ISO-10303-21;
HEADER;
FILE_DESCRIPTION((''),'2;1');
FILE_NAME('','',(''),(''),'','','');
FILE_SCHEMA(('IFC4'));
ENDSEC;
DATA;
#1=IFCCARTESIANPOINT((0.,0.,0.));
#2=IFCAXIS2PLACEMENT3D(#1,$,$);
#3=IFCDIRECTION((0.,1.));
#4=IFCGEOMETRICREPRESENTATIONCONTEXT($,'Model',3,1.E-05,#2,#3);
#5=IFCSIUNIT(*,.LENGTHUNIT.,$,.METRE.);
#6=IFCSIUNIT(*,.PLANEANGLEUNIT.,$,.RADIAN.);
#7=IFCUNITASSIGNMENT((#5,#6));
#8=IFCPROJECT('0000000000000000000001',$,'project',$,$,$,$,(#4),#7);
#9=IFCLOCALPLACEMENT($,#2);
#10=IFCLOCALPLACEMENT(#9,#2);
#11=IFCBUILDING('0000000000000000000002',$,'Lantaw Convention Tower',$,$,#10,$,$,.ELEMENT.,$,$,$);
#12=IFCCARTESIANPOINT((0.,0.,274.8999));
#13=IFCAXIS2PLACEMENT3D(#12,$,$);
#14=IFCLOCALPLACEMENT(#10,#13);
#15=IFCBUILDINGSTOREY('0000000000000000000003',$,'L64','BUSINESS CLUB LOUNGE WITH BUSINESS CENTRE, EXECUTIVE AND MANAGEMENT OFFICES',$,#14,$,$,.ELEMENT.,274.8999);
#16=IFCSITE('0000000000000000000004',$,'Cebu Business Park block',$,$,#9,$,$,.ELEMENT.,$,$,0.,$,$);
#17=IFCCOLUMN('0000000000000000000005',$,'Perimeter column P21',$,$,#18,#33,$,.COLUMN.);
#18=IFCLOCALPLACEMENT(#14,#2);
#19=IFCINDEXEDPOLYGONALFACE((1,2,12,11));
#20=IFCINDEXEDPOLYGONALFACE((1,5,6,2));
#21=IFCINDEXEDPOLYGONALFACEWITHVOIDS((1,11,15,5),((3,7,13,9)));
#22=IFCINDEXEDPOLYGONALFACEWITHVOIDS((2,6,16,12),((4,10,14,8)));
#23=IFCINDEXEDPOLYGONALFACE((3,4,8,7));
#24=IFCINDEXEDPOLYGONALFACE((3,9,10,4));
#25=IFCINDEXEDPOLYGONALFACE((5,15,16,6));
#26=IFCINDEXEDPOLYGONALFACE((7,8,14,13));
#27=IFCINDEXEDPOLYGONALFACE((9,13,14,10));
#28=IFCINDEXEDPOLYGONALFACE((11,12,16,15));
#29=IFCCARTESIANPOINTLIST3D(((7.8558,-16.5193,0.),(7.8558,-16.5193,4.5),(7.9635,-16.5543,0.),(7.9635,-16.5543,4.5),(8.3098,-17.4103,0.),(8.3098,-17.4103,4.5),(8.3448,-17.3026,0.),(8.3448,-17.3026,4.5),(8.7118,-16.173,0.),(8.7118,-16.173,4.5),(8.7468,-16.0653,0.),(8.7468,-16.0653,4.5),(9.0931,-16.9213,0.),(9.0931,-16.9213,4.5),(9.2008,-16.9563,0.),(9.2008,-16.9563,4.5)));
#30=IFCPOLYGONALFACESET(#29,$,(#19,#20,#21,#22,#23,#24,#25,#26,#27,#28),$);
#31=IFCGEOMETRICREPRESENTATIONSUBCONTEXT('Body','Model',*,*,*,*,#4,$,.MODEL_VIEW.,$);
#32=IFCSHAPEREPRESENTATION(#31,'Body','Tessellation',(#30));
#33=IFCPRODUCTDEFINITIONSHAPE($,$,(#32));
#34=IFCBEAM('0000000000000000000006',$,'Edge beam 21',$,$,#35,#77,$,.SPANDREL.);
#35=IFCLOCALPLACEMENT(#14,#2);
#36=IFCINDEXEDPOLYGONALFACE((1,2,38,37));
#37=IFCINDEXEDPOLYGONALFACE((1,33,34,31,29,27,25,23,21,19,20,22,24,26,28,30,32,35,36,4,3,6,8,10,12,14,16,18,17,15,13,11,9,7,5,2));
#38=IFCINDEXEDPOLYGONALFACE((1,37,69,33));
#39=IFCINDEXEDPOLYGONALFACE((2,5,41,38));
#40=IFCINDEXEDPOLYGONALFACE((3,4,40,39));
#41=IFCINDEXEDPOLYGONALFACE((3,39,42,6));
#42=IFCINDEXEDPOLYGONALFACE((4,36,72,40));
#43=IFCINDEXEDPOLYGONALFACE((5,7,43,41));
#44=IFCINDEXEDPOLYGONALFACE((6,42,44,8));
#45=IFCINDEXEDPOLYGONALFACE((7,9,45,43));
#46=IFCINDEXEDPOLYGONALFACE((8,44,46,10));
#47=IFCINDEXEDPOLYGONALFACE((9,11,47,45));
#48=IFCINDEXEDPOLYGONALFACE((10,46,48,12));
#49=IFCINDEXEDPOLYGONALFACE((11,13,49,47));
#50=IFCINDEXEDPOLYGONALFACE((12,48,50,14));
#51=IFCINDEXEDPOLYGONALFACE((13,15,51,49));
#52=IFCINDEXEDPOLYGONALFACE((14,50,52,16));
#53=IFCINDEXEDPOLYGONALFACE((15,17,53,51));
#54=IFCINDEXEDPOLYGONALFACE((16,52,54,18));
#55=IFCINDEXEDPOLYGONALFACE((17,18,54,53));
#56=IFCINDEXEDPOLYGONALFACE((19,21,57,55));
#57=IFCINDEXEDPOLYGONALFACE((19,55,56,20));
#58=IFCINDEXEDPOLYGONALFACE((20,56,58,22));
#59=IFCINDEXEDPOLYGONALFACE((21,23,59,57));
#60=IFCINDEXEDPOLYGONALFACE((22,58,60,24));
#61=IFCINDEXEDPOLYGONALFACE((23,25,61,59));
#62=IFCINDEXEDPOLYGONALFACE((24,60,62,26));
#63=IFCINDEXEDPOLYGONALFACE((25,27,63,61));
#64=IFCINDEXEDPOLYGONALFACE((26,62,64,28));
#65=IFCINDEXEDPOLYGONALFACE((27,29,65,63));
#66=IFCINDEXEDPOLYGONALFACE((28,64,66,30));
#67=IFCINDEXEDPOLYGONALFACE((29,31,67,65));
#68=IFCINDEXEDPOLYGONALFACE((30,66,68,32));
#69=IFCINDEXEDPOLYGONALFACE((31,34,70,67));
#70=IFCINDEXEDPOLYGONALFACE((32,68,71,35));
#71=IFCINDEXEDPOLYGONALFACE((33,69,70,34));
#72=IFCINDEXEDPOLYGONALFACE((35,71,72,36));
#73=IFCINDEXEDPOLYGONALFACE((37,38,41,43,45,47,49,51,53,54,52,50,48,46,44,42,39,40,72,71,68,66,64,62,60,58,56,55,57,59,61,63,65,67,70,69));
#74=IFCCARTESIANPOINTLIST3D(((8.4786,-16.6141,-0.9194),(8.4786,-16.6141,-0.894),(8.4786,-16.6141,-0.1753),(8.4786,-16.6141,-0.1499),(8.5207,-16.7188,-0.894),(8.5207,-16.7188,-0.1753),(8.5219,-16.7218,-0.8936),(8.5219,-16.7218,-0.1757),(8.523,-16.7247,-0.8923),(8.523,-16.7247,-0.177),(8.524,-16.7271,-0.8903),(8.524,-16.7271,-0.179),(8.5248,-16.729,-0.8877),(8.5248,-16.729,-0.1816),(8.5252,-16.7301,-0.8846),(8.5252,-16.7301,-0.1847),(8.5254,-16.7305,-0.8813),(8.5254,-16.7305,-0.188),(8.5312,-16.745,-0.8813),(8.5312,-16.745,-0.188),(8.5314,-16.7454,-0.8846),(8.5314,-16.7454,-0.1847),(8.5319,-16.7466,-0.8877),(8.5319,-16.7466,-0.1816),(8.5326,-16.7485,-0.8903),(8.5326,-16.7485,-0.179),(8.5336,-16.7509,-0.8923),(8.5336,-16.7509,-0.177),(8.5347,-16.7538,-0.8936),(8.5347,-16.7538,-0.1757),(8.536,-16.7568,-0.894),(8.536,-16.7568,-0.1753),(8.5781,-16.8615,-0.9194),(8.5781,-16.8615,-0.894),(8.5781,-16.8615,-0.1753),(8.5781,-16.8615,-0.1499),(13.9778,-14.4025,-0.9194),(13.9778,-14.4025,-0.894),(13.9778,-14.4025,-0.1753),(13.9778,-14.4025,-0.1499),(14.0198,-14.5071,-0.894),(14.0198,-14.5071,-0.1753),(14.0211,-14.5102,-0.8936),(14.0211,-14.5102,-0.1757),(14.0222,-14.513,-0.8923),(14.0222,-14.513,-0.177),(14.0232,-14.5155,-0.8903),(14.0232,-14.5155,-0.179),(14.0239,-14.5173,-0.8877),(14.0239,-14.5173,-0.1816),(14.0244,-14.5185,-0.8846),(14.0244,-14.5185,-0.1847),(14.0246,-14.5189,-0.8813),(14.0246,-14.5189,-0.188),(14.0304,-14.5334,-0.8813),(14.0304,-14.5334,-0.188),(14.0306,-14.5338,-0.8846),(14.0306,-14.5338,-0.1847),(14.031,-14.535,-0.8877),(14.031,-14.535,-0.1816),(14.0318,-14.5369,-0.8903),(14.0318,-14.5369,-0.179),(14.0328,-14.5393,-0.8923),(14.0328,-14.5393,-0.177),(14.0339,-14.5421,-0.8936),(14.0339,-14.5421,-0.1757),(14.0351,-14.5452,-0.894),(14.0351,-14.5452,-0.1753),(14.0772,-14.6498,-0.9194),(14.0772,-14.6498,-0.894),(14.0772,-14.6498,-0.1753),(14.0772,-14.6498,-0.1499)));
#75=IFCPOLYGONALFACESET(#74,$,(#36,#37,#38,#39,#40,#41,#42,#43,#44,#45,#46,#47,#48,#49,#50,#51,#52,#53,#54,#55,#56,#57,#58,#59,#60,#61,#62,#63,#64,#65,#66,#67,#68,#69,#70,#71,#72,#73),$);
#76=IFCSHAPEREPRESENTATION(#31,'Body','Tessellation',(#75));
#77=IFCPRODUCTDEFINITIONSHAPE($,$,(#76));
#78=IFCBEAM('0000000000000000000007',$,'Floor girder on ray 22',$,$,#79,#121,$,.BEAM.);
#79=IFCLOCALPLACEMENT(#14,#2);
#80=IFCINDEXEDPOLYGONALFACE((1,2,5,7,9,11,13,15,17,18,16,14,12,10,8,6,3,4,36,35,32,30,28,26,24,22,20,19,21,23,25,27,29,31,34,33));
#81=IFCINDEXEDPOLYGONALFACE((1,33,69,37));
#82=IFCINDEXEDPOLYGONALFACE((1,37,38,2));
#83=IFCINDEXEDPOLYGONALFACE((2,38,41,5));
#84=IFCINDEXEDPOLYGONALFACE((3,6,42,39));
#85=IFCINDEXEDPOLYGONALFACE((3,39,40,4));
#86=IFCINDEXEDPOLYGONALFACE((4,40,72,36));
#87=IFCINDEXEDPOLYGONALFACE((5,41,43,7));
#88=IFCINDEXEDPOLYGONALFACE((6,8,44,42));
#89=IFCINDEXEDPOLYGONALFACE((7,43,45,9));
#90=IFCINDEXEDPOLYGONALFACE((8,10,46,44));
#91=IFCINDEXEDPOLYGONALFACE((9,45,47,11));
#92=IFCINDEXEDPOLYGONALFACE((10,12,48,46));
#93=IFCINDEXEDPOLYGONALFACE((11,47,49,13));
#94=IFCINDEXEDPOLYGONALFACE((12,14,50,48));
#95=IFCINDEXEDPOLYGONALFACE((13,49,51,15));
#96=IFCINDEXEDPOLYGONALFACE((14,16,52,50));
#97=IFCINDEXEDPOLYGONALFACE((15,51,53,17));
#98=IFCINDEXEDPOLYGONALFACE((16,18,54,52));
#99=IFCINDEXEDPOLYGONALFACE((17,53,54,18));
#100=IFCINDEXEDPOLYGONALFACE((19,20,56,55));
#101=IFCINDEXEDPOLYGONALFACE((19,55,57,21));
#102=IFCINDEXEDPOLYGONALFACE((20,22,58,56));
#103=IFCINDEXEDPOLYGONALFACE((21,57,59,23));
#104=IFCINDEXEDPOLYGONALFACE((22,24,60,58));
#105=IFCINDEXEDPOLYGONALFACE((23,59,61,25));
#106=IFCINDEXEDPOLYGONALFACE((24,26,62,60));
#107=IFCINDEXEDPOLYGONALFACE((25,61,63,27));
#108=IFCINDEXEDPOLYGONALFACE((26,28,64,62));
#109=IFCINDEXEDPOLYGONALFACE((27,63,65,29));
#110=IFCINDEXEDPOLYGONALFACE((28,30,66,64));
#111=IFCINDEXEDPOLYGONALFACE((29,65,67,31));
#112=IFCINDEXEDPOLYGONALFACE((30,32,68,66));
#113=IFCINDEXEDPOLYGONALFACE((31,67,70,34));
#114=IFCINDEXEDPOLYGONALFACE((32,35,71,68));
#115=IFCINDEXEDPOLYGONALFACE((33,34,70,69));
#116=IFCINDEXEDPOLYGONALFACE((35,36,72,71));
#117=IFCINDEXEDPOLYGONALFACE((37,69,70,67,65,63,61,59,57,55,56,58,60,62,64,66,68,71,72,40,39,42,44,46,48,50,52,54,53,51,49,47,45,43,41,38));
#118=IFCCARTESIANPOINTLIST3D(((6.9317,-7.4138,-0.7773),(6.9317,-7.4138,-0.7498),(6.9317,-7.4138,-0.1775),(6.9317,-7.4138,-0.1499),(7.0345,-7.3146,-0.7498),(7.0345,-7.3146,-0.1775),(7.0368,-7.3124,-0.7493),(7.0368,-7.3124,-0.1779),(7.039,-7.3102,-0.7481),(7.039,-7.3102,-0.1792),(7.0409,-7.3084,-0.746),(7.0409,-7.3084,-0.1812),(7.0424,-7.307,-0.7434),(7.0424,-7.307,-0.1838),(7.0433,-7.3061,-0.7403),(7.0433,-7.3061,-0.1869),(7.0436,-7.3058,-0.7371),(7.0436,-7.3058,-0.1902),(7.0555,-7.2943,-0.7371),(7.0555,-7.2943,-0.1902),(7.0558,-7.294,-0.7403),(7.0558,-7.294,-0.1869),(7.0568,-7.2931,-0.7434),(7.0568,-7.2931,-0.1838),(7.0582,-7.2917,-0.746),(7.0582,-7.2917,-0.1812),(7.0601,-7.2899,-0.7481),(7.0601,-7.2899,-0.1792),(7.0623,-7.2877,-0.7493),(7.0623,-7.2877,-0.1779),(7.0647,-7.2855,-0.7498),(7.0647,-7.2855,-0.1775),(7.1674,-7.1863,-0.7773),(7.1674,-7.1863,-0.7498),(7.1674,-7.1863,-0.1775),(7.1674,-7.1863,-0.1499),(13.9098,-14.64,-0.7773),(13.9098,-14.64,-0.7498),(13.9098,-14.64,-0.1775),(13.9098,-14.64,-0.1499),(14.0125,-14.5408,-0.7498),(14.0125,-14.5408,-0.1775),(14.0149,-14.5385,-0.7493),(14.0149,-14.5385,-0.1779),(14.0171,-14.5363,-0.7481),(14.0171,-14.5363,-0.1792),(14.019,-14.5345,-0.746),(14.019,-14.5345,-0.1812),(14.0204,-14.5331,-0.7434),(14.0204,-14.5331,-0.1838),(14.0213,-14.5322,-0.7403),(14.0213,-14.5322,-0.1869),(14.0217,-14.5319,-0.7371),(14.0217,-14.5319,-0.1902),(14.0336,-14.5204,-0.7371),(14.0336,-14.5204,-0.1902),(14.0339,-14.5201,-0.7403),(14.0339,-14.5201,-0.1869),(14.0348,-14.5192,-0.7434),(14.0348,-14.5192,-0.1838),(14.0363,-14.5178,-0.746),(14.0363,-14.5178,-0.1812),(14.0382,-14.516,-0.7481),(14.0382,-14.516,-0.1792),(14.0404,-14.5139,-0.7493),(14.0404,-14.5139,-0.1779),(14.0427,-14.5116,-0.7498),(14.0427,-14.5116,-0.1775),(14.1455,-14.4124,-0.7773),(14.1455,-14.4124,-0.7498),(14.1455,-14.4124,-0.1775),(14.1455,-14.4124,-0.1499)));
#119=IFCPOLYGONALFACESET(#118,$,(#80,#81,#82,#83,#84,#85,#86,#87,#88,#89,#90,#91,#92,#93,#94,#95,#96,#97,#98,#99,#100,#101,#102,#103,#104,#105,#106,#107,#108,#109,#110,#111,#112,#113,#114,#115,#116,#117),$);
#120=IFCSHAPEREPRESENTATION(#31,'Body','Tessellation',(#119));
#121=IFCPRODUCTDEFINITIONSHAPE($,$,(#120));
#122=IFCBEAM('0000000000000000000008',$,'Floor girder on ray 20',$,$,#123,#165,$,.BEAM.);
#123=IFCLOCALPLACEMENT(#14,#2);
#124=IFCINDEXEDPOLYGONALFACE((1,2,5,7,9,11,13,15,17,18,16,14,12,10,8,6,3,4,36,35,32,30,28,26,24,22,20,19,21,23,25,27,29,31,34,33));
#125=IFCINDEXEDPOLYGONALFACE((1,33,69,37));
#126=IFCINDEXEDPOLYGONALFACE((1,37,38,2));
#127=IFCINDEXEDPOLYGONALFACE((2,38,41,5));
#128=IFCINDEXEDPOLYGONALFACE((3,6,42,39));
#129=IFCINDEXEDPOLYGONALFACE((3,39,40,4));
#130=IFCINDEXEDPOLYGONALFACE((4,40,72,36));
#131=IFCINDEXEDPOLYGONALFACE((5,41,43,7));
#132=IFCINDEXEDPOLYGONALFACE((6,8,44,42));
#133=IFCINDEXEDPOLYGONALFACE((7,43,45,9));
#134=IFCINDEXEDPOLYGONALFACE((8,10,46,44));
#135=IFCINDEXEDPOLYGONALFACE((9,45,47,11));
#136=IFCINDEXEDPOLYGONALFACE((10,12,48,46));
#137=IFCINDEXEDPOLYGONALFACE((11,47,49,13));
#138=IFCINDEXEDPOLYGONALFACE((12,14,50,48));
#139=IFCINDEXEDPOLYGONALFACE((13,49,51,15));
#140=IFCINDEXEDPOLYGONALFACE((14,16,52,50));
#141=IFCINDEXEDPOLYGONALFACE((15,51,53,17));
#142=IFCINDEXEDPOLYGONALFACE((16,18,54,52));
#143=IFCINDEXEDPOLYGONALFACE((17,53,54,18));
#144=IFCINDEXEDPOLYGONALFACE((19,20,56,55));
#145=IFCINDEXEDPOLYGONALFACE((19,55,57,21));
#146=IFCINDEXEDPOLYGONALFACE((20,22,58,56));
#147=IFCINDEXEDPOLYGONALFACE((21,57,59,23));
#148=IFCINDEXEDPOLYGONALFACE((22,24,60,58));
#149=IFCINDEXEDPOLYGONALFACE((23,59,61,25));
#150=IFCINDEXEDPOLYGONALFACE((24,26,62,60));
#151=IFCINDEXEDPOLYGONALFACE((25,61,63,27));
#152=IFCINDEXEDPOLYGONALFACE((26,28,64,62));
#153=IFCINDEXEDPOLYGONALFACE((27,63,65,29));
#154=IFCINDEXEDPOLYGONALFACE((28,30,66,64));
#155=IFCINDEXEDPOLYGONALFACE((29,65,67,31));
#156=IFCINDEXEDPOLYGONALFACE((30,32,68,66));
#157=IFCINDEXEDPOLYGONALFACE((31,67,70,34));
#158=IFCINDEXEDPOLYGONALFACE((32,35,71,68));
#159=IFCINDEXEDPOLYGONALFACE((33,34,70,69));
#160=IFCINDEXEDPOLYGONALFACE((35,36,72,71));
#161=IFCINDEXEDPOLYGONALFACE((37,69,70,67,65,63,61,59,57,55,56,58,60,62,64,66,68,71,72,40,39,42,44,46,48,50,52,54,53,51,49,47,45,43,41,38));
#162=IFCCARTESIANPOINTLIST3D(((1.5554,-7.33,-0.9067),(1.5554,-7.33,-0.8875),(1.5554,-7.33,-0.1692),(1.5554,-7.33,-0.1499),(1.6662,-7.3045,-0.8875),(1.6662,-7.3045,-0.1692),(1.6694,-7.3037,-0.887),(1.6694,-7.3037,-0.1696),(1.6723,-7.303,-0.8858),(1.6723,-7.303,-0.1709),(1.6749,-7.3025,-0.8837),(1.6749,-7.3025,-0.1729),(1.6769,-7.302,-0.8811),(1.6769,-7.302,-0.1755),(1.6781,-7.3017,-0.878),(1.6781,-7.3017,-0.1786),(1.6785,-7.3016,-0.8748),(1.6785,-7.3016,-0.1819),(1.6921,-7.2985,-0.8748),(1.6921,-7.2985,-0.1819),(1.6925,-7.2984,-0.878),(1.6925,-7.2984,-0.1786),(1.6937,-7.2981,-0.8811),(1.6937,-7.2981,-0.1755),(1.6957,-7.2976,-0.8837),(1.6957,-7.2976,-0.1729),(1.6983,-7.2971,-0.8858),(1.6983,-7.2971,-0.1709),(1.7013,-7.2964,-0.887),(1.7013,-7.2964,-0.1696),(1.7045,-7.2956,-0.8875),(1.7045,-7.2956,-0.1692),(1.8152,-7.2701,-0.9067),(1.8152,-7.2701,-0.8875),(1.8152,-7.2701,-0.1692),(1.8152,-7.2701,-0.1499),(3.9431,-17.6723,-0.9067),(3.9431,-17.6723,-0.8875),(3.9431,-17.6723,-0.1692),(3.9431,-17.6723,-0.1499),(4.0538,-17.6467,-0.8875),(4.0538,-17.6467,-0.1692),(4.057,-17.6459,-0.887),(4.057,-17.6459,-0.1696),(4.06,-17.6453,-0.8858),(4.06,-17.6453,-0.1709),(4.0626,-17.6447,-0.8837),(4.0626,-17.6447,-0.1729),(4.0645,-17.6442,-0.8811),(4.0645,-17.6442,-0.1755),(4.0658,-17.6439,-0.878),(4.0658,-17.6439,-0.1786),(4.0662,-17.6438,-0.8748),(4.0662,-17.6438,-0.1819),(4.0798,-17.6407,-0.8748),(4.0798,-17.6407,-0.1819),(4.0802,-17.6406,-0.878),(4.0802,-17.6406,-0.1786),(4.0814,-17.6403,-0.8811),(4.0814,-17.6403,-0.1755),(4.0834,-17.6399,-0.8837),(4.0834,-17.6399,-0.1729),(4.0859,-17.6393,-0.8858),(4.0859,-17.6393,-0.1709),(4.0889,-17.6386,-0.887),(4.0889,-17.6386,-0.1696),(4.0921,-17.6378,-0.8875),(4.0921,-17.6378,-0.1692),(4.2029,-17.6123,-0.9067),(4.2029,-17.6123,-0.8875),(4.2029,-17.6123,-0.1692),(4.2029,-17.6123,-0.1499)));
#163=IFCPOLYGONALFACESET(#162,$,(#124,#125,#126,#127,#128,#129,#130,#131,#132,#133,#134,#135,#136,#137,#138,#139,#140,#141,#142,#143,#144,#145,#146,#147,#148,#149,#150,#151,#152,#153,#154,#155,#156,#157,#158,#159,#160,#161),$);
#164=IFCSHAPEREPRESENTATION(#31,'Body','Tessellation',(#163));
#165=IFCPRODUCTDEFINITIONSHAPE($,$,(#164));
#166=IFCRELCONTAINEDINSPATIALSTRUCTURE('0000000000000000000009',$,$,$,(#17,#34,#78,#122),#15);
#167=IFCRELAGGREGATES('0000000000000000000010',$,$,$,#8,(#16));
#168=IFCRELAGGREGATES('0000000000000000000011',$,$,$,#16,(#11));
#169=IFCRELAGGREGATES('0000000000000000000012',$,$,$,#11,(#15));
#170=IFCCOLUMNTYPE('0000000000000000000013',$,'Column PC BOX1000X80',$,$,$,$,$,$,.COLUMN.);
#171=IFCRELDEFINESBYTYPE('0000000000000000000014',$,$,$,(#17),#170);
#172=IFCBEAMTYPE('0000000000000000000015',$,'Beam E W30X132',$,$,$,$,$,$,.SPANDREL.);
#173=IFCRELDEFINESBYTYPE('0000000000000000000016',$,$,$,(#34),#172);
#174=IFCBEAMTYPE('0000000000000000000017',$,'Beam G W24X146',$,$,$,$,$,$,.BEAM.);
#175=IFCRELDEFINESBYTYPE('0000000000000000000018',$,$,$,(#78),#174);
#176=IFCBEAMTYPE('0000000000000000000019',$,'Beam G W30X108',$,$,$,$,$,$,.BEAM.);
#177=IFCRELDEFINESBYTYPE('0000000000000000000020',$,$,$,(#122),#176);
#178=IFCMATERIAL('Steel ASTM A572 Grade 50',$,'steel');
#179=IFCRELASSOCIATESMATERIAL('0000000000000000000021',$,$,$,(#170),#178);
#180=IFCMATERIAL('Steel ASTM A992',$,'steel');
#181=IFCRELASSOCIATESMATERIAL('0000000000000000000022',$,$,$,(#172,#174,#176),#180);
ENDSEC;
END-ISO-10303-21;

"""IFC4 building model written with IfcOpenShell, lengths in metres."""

from ifc_helpers import new_model, si_unit, direction, frame, origin, origin_2d, place, context, subcontext, project, spatial, rectangle, hollow_rectangle, i_section, extrude, material, material_profile, profile_set, type_object, element, save


model = new_model("IFC4")

# Units and contexts
model_context = context("Model", 3, precision=1e-05, world=origin(), true_north=direction((0.0, 1.0)))
body_context = subcontext(model_context, "Body", "Model", "MODEL_VIEW")
ifc_project = project(units=[si_unit("LENGTHUNIT", "METRE"), si_unit("PLANEANGLEUNIT", "RADIAN")], contexts=[model_context])

# Site, building, storey
site_placement = place(None, origin())
site = spatial("IfcSite", under=ifc_project, at=site_placement, Name="Cebu Business Park block", CompositionType="ELEMENT", RefElevation=0.0)
building_placement = place(site_placement, origin())
building = spatial("IfcBuilding", under=site, at=building_placement, Name="Lantaw Convention Tower", CompositionType="ELEMENT")
storey_placement = place(building_placement, frame((0.0, 0.0, 274.8999)))
storey = spatial("IfcBuildingStorey", under=building, at=storey_placement, Name="L64", Description="BUSINESS CLUB LOUNGE WITH BUSINESS CENTRE, EXECUTIVE AND MANAGEMENT OFFICES", CompositionType="ELEMENT", Elevation=274.8999)

# Column
ifc_material_1 = material(Name="Steel ASTM A572 Grade 50", Category="steel")
ifc_material_profile_1 = material_profile(ifc_material_1, hollow_rectangle(XDim=1.0, YDim=1.0, WallThickness=0.0801, at=origin_2d()), Name="BOX1000X80")
ifc_material_2 = material(Name="Concrete C60/75", Category="concrete")
ifc_material_profile_2 = material_profile(ifc_material_2, rectangle(XDim=0.8401, YDim=0.8401, at=origin_2d()), Name="Concrete fill of BOX1000X80")
ifc_profile_set_1 = profile_set([ifc_material_profile_1, ifc_material_profile_2], Name="Steel ASTM A572 Grade 50")
column_type = type_object("IfcColumnType", Name="Column PC BOX1000X80", PredefinedType="COLUMN", material=ifc_profile_set_1)
column_placement = place(storey_placement, frame((8.5283, -16.7378, 0.0), z_axis=(0.0, 0.0, 1.0), x_axis=(0.891007, 0.45399, 0.0)))
element("IfcColumn", 1, at=column_placement, inside=storey, type_object=column_type, Name="Perimeter column P21", PredefinedType="COLUMN", context=body_context, shape_type="SweptSolid", body=[
    extrude(hollow_rectangle(XDim=1.0, YDim=1.0, WallThickness=0.0801, at=origin_2d()), origin(), (0.0, 0.0, 1.0), 4.5),
])

# Beams
ifc_material_3 = material(Name="Steel ASTM A992", Category="steel")
ifc_material_profile_3 = material_profile(ifc_material_3, i_section(OverallWidth=0.2666, OverallDepth=0.7695, WebThickness=0.0156, FlangeThickness=0.0254, FilletRadius=0.0127, at=origin_2d()), Name="W30X132")
ifc_profile_set_2 = profile_set([ifc_material_profile_3], Name="Steel ASTM A992")
beam_type_1 = type_object("IfcBeamType", Name="Beam E W30X132", PredefinedType="SPANDREL", material=ifc_profile_set_2)
beam_1_placement = place(storey_placement, frame((8.5283, -16.7378, -0.5347), z_axis=(0.927779, 0.37313, 0.0), x_axis=(-0.37313, 0.927779, 0.0)))
element("IfcBeam", 2, at=beam_1_placement, inside=storey, type_object=beam_type_1, Name="Edge beam 21", PredefinedType="SPANDREL", context=body_context, shape_type="SweptSolid", body=[
    extrude(i_section(OverallWidth=0.2666, OverallDepth=0.7695, WebThickness=0.0156, FlangeThickness=0.0254, FilletRadius=0.0127, at=origin_2d()), origin(), (0.0, 0.0, 1.0), 5.9272),
])
ifc_material_profile_4 = material_profile(ifc_material_3, i_section(OverallWidth=0.3276, OverallDepth=0.6274, WebThickness=0.0166, FlangeThickness=0.0276, FilletRadius=0.0127, at=origin_2d()), Name="W24X146")
ifc_profile_set_3 = profile_set([ifc_material_profile_4], Name="Steel ASTM A992")
beam_type_2 = type_object("IfcBeamType", Name="Beam G W24X146", PredefinedType="BEAM", material=ifc_profile_set_3)
beam_2_placement = place(storey_placement, frame((7.0496, -7.3, -0.4636), z_axis=(0.694653, -0.719345, 0.0), x_axis=(0.719345, 0.694653, 0.0)))
element("IfcBeam", 3, at=beam_2_placement, inside=storey, type_object=beam_type_2, Name="Floor girder on ray 22", PredefinedType="BEAM", context=body_context, shape_type="SweptSolid", body=[
    extrude(i_section(OverallWidth=0.3276, OverallDepth=0.6274, WebThickness=0.0166, FlangeThickness=0.0276, FilletRadius=0.0127, at=origin_2d()), origin(), (0.0, 0.0, 1.0), 10.0454),
])
ifc_material_profile_5 = material_profile(ifc_material_3, i_section(OverallWidth=0.2666, OverallDepth=0.7568, WebThickness=0.0139, FlangeThickness=0.0193, FilletRadius=0.0127, at=origin_2d()), Name="W30X108")
ifc_profile_set_4 = profile_set([ifc_material_profile_5], Name="Steel ASTM A992")
beam_type_3 = type_object("IfcBeamType", Name="Beam G W30X108", PredefinedType="BEAM", material=ifc_profile_set_4)
beam_3_placement = place(storey_placement, frame((1.6853, -7.3, -0.5283), z_axis=(0.22495, -0.97437, 0.0), x_axis=(0.97437, 0.22495, 0.0)))
element("IfcBeam", 4, at=beam_3_placement, inside=storey, type_object=beam_type_3, Name="Floor girder on ray 20", PredefinedType="BEAM", context=body_context, shape_type="SweptSolid", body=[
    extrude(i_section(OverallWidth=0.2666, OverallDepth=0.7568, WebThickness=0.0139, FlangeThickness=0.0193, FilletRadius=0.0127, at=origin_2d()), origin(), (0.0, 0.0, 1.0), 10.6143),
])

save(model, "model.ifc")
